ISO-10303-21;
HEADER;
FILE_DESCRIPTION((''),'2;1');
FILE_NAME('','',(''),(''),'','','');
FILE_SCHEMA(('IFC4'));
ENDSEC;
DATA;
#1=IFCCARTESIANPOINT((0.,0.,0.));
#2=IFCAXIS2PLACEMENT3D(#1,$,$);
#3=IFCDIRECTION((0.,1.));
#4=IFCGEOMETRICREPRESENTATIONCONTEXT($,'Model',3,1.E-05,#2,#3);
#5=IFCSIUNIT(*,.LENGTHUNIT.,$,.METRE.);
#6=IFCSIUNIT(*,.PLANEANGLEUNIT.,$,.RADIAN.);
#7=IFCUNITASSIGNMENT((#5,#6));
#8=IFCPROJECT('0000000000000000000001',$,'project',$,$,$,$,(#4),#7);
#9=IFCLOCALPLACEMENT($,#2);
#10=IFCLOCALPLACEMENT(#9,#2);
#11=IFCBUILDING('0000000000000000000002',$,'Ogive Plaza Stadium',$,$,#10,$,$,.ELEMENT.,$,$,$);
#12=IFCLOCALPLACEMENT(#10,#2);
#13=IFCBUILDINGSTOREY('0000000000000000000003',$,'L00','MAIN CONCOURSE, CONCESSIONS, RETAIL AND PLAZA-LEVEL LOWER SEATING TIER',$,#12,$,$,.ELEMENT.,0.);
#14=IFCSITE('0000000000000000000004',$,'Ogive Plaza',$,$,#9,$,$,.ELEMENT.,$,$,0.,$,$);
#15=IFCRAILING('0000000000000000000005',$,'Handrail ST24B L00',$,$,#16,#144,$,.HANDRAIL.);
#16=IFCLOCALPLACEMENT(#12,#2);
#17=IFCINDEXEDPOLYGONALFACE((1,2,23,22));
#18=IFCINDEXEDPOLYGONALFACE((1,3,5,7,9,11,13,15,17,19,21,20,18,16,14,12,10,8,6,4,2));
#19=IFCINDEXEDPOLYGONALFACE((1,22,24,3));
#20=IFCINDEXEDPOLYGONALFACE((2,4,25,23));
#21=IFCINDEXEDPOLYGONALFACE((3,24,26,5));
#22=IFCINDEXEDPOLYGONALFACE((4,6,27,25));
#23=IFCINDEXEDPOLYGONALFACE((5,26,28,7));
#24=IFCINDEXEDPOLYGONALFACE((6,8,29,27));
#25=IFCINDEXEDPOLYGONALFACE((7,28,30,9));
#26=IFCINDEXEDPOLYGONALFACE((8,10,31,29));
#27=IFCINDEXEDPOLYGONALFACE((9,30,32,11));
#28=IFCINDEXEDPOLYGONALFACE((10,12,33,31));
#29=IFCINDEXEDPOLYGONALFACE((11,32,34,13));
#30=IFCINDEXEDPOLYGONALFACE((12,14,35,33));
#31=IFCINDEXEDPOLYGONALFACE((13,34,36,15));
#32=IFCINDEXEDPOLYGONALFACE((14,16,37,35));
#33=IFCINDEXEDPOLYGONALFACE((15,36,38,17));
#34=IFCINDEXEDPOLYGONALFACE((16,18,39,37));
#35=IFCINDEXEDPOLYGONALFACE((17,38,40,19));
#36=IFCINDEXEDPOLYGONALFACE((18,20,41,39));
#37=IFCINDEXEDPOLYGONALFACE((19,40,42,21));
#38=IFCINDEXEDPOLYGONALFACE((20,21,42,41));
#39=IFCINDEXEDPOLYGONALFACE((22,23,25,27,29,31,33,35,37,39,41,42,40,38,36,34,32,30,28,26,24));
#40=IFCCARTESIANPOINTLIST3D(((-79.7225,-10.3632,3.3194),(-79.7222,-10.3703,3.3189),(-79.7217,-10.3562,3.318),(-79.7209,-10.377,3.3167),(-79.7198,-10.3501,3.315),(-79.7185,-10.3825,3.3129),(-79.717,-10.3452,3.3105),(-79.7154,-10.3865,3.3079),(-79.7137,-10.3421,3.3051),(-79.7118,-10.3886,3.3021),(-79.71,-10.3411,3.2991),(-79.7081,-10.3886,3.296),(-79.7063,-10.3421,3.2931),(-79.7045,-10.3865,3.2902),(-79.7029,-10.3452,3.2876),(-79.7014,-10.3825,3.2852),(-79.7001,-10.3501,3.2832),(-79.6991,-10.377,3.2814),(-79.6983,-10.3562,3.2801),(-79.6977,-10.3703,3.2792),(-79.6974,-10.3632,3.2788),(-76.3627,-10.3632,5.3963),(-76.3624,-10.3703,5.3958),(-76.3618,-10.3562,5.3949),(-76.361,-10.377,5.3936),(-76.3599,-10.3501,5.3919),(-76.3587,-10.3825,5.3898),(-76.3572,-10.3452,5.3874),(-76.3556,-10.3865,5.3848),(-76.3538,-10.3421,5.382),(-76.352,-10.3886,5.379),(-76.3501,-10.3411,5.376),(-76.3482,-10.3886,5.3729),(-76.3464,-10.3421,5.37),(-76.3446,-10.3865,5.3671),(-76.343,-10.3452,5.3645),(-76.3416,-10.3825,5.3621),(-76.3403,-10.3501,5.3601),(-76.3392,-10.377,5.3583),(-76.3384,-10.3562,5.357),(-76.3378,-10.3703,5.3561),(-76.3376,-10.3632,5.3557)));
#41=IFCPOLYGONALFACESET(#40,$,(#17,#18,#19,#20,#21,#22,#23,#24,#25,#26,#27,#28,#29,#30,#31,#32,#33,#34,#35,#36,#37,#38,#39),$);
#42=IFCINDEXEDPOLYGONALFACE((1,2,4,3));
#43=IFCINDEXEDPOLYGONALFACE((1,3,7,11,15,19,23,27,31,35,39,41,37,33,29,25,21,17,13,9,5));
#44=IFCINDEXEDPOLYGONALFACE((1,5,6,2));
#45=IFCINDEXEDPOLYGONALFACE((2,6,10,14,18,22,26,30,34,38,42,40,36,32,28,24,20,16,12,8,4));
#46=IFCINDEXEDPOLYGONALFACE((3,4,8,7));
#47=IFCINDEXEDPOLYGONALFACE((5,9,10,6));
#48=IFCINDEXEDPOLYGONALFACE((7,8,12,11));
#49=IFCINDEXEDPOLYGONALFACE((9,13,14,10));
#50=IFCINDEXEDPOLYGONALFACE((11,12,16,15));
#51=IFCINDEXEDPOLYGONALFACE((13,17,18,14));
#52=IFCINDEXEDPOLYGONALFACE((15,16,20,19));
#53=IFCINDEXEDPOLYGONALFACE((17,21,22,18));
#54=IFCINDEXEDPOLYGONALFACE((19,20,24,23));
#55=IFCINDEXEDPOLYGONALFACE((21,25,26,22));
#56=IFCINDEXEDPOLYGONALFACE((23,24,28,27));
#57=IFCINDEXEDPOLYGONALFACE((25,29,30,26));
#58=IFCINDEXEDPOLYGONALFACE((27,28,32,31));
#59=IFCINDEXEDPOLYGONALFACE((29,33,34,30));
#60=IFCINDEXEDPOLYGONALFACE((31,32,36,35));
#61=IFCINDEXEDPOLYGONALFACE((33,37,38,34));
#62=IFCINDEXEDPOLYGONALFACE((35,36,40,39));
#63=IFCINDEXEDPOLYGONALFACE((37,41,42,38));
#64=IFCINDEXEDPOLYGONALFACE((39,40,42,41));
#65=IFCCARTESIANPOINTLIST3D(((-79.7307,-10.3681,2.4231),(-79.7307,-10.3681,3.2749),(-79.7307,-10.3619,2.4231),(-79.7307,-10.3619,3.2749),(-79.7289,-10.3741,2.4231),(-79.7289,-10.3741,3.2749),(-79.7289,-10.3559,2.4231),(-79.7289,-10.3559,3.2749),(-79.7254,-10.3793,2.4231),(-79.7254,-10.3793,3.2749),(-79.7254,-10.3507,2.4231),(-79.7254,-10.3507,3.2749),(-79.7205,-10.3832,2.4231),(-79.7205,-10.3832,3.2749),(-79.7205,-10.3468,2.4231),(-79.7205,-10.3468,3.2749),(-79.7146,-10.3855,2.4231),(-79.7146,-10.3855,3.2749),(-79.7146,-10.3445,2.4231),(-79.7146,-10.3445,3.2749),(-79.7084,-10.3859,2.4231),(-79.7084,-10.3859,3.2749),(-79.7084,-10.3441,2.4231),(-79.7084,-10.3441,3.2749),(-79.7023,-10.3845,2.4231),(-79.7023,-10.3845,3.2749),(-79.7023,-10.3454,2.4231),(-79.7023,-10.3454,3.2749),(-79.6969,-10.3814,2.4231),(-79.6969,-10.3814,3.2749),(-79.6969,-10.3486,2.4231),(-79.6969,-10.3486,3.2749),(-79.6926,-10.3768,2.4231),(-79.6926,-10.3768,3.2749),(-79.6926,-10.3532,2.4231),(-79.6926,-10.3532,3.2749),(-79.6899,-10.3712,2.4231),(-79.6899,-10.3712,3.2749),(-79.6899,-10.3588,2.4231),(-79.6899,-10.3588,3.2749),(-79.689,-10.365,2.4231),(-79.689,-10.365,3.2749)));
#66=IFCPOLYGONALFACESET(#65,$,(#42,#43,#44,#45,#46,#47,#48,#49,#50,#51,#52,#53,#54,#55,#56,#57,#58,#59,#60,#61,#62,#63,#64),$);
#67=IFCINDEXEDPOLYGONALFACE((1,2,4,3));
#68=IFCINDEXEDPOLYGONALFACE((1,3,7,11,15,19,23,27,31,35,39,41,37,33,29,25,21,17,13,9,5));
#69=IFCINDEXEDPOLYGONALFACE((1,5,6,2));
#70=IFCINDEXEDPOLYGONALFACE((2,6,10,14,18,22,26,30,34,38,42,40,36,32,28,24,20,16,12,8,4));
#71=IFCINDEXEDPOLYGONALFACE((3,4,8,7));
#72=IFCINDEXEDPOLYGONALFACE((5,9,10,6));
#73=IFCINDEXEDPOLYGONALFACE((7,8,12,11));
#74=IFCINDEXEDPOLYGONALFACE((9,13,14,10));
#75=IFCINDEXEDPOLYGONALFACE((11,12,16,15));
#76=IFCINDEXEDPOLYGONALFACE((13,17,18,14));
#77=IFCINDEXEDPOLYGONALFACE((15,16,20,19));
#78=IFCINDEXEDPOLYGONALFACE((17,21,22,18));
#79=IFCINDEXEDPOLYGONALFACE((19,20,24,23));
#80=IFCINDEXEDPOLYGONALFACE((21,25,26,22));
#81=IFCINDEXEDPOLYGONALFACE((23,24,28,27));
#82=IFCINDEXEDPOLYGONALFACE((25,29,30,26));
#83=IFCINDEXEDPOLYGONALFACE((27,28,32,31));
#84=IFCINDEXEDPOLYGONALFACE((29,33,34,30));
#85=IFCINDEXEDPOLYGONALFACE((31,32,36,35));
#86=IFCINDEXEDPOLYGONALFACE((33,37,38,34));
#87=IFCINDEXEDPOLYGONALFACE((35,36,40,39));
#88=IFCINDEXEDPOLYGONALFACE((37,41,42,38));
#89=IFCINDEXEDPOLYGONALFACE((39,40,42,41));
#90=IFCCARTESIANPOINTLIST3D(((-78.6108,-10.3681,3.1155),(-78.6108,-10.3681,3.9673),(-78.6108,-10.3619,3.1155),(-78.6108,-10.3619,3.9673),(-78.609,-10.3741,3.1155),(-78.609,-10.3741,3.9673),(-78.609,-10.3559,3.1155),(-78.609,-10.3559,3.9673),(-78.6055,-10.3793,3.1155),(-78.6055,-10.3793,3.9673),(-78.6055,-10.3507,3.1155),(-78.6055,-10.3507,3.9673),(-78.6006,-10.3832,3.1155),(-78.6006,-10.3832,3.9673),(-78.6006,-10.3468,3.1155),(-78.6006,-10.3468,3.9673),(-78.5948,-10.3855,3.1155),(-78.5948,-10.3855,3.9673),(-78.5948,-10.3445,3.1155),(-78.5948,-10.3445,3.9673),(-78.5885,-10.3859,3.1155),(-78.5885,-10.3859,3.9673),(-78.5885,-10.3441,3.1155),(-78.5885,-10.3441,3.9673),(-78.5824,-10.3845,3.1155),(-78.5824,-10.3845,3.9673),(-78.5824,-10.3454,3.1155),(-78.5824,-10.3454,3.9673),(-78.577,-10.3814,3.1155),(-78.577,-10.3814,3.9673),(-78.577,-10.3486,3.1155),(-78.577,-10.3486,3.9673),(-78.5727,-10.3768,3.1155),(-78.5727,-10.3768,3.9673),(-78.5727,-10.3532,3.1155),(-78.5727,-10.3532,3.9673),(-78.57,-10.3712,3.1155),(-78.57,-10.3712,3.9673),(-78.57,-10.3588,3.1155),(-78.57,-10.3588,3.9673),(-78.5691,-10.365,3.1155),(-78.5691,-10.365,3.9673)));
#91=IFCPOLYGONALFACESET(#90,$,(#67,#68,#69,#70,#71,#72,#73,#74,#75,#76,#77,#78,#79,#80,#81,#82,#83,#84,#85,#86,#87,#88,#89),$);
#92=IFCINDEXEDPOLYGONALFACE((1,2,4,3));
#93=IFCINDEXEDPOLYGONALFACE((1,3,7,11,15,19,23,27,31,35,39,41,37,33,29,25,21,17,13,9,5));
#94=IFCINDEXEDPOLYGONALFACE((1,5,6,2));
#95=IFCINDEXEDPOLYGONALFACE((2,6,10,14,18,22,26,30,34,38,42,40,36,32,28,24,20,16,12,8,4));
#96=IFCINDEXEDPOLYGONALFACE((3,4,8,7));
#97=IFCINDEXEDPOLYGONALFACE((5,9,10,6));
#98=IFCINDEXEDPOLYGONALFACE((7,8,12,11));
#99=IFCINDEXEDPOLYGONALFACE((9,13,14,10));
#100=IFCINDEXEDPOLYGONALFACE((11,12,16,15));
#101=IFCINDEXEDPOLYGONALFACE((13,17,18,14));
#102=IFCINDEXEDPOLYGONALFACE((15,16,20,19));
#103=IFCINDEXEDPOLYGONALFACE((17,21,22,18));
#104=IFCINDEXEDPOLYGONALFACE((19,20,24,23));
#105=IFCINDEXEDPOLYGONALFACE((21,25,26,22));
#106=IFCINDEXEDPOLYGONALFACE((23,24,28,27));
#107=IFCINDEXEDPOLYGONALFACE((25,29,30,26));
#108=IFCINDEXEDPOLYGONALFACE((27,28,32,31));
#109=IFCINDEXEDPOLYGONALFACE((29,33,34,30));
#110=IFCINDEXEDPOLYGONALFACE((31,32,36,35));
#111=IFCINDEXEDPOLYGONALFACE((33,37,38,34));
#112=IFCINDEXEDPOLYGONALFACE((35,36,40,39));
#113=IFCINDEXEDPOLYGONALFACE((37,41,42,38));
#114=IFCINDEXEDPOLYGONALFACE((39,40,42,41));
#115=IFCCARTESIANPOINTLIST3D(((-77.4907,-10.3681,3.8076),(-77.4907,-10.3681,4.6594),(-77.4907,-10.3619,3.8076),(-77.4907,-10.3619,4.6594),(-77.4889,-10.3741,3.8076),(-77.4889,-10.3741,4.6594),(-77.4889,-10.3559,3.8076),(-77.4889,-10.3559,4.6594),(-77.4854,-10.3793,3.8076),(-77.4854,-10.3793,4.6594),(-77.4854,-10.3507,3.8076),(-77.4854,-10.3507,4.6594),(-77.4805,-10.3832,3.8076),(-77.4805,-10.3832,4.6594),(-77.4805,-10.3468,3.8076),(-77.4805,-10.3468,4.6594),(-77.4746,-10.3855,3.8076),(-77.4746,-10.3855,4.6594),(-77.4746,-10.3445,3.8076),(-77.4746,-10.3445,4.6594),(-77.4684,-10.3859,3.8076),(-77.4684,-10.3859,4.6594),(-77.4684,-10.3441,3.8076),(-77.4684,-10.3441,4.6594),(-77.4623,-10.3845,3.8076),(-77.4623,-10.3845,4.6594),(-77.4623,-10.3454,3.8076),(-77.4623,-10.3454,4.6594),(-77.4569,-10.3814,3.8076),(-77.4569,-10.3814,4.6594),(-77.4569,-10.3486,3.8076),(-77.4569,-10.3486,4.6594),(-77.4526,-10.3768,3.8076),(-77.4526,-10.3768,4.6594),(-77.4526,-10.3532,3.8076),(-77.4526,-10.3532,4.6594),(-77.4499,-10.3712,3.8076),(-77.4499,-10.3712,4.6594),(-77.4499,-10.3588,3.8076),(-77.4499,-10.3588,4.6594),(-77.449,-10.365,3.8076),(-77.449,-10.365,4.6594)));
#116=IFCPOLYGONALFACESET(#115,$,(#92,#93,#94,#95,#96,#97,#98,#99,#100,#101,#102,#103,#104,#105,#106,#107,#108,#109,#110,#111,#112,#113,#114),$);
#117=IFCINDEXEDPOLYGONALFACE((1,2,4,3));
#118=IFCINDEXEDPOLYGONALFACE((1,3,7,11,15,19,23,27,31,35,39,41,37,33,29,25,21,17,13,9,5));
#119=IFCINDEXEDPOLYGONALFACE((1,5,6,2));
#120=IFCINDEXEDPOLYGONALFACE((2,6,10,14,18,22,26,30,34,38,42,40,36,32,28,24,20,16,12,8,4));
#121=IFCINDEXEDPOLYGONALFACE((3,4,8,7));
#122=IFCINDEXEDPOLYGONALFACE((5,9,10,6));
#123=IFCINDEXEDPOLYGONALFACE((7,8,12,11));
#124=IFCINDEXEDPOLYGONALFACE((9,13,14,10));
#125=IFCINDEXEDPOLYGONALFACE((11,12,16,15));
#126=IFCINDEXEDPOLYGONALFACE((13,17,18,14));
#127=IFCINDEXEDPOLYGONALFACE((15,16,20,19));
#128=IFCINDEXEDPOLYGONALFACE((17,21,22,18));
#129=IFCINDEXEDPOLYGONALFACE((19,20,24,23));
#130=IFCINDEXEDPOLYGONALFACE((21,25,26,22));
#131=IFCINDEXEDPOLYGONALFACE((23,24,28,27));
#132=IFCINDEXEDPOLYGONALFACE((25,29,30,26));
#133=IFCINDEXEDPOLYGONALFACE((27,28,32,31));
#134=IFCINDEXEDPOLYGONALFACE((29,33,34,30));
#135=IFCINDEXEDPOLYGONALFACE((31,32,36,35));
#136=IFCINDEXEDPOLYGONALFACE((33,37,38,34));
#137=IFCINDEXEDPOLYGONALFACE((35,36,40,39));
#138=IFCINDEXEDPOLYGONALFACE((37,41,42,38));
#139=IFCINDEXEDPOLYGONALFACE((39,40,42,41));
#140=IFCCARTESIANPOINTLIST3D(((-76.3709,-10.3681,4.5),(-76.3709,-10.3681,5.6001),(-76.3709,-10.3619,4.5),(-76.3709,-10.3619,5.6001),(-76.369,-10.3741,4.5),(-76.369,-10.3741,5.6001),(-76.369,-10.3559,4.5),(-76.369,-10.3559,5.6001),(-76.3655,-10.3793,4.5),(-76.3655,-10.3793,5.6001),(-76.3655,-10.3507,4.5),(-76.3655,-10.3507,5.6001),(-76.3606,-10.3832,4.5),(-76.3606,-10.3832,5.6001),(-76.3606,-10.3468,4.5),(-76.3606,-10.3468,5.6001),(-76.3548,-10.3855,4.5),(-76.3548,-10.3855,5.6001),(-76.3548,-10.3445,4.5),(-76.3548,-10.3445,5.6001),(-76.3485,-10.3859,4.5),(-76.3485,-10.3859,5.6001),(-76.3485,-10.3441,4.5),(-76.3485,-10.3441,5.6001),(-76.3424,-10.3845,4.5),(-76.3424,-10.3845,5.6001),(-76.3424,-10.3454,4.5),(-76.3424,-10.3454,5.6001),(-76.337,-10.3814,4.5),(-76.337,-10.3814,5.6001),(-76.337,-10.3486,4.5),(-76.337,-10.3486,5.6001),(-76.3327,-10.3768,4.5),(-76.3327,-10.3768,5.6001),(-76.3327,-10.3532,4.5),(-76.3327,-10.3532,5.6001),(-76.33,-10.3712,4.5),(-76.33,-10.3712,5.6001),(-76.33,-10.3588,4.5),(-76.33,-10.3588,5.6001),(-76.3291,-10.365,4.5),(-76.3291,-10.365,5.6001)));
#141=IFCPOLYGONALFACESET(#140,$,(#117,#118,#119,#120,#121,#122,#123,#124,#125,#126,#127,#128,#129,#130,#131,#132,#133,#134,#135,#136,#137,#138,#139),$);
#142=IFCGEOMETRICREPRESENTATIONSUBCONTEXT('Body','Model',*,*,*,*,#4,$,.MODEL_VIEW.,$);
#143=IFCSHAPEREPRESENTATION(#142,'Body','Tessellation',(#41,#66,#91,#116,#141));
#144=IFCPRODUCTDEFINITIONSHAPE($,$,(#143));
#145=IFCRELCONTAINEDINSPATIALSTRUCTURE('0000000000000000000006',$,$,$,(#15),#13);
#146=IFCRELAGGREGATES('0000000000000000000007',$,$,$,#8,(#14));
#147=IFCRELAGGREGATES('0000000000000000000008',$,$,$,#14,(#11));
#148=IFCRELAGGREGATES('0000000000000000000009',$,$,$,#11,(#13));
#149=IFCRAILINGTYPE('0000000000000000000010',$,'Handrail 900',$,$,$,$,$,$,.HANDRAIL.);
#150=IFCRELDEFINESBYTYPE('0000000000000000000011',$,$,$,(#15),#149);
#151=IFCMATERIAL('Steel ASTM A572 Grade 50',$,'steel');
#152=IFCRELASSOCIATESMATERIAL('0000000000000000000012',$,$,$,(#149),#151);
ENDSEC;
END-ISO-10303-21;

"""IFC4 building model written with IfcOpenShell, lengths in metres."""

from ifc_helpers import new_model, si_unit, direction, frame, origin, origin_2d, place, context, subcontext, project, spatial, circle, extrude, material, type_object, element, save


model = new_model("IFC4")

# Units and contexts
model_context = context("Model", 3, precision=1e-05, world=origin(), true_north=direction((0.0, 1.0)))
body_context = subcontext(model_context, "Body", "Model", "MODEL_VIEW")
ifc_project = project(units=[si_unit("LENGTHUNIT", "METRE"), si_unit("PLANEANGLEUNIT", "RADIAN")], contexts=[model_context])

# Site, building, storey
site_placement = place(None, origin())
site = spatial("IfcSite", under=ifc_project, at=site_placement, Name="Ogive Plaza", CompositionType="ELEMENT", RefElevation=0.0)
building_placement = place(site_placement, origin())
building = spatial("IfcBuilding", under=site, at=building_placement, Name="Ogive Plaza Stadium", CompositionType="ELEMENT")
storey_placement = place(building_placement, origin())
storey = spatial("IfcBuildingStorey", under=building, at=storey_placement, Name="L00", Description="MAIN CONCOURSE, CONCESSIONS, RETAIL AND PLAZA-LEVEL LOWER SEATING TIER", CompositionType="ELEMENT", Elevation=0.0)

# Railing
ifc_material_1 = material(Name="Steel ASTM A572 Grade 50", Category="steel")
railing_type_1 = type_object("IfcRailingType", Name="Handrail 900", PredefinedType="HANDRAIL", material=ifc_material_1)
for number, where, name in (
    (1, (-79.71, -10.365, 2.4231), "Handrail ST24B L00"),
):
    element("IfcRailing", number, at=place(storey_placement, frame(where)), inside=storey, type_object=railing_type_1, Name=name, PredefinedType="HANDRAIL", context=body_context, shape_type="SweptSolid", body=[
        extrude(circle(Radius=0.0239, at=origin_2d()), frame((0.0, 0.0, 0.876), z_axis=(0.850606, 0.0, 0.525803), x_axis=(0.0, 1.0, 0.0)), (0.0, 0.0, 1.0), 3.95),
        extrude(circle(Radius=0.021, at=origin_2d()), origin(), (0.0, 0.0, 1.0), 0.8518),
        extrude(circle(Radius=0.021, at=origin_2d()), frame((1.1199, 0.0, 0.6924)), (0.0, 0.0, 1.0), 0.8518),
        extrude(circle(Radius=0.021, at=origin_2d()), frame((2.24, 0.0, 1.3845)), (0.0, 0.0, 1.0), 0.8518),
        extrude(circle(Radius=0.021, at=origin_2d()), frame((3.3599, 0.0, 2.0769)), (0.0, 0.0, 1.0), 1.1001),
    ])

save(model, "model.ifc")
